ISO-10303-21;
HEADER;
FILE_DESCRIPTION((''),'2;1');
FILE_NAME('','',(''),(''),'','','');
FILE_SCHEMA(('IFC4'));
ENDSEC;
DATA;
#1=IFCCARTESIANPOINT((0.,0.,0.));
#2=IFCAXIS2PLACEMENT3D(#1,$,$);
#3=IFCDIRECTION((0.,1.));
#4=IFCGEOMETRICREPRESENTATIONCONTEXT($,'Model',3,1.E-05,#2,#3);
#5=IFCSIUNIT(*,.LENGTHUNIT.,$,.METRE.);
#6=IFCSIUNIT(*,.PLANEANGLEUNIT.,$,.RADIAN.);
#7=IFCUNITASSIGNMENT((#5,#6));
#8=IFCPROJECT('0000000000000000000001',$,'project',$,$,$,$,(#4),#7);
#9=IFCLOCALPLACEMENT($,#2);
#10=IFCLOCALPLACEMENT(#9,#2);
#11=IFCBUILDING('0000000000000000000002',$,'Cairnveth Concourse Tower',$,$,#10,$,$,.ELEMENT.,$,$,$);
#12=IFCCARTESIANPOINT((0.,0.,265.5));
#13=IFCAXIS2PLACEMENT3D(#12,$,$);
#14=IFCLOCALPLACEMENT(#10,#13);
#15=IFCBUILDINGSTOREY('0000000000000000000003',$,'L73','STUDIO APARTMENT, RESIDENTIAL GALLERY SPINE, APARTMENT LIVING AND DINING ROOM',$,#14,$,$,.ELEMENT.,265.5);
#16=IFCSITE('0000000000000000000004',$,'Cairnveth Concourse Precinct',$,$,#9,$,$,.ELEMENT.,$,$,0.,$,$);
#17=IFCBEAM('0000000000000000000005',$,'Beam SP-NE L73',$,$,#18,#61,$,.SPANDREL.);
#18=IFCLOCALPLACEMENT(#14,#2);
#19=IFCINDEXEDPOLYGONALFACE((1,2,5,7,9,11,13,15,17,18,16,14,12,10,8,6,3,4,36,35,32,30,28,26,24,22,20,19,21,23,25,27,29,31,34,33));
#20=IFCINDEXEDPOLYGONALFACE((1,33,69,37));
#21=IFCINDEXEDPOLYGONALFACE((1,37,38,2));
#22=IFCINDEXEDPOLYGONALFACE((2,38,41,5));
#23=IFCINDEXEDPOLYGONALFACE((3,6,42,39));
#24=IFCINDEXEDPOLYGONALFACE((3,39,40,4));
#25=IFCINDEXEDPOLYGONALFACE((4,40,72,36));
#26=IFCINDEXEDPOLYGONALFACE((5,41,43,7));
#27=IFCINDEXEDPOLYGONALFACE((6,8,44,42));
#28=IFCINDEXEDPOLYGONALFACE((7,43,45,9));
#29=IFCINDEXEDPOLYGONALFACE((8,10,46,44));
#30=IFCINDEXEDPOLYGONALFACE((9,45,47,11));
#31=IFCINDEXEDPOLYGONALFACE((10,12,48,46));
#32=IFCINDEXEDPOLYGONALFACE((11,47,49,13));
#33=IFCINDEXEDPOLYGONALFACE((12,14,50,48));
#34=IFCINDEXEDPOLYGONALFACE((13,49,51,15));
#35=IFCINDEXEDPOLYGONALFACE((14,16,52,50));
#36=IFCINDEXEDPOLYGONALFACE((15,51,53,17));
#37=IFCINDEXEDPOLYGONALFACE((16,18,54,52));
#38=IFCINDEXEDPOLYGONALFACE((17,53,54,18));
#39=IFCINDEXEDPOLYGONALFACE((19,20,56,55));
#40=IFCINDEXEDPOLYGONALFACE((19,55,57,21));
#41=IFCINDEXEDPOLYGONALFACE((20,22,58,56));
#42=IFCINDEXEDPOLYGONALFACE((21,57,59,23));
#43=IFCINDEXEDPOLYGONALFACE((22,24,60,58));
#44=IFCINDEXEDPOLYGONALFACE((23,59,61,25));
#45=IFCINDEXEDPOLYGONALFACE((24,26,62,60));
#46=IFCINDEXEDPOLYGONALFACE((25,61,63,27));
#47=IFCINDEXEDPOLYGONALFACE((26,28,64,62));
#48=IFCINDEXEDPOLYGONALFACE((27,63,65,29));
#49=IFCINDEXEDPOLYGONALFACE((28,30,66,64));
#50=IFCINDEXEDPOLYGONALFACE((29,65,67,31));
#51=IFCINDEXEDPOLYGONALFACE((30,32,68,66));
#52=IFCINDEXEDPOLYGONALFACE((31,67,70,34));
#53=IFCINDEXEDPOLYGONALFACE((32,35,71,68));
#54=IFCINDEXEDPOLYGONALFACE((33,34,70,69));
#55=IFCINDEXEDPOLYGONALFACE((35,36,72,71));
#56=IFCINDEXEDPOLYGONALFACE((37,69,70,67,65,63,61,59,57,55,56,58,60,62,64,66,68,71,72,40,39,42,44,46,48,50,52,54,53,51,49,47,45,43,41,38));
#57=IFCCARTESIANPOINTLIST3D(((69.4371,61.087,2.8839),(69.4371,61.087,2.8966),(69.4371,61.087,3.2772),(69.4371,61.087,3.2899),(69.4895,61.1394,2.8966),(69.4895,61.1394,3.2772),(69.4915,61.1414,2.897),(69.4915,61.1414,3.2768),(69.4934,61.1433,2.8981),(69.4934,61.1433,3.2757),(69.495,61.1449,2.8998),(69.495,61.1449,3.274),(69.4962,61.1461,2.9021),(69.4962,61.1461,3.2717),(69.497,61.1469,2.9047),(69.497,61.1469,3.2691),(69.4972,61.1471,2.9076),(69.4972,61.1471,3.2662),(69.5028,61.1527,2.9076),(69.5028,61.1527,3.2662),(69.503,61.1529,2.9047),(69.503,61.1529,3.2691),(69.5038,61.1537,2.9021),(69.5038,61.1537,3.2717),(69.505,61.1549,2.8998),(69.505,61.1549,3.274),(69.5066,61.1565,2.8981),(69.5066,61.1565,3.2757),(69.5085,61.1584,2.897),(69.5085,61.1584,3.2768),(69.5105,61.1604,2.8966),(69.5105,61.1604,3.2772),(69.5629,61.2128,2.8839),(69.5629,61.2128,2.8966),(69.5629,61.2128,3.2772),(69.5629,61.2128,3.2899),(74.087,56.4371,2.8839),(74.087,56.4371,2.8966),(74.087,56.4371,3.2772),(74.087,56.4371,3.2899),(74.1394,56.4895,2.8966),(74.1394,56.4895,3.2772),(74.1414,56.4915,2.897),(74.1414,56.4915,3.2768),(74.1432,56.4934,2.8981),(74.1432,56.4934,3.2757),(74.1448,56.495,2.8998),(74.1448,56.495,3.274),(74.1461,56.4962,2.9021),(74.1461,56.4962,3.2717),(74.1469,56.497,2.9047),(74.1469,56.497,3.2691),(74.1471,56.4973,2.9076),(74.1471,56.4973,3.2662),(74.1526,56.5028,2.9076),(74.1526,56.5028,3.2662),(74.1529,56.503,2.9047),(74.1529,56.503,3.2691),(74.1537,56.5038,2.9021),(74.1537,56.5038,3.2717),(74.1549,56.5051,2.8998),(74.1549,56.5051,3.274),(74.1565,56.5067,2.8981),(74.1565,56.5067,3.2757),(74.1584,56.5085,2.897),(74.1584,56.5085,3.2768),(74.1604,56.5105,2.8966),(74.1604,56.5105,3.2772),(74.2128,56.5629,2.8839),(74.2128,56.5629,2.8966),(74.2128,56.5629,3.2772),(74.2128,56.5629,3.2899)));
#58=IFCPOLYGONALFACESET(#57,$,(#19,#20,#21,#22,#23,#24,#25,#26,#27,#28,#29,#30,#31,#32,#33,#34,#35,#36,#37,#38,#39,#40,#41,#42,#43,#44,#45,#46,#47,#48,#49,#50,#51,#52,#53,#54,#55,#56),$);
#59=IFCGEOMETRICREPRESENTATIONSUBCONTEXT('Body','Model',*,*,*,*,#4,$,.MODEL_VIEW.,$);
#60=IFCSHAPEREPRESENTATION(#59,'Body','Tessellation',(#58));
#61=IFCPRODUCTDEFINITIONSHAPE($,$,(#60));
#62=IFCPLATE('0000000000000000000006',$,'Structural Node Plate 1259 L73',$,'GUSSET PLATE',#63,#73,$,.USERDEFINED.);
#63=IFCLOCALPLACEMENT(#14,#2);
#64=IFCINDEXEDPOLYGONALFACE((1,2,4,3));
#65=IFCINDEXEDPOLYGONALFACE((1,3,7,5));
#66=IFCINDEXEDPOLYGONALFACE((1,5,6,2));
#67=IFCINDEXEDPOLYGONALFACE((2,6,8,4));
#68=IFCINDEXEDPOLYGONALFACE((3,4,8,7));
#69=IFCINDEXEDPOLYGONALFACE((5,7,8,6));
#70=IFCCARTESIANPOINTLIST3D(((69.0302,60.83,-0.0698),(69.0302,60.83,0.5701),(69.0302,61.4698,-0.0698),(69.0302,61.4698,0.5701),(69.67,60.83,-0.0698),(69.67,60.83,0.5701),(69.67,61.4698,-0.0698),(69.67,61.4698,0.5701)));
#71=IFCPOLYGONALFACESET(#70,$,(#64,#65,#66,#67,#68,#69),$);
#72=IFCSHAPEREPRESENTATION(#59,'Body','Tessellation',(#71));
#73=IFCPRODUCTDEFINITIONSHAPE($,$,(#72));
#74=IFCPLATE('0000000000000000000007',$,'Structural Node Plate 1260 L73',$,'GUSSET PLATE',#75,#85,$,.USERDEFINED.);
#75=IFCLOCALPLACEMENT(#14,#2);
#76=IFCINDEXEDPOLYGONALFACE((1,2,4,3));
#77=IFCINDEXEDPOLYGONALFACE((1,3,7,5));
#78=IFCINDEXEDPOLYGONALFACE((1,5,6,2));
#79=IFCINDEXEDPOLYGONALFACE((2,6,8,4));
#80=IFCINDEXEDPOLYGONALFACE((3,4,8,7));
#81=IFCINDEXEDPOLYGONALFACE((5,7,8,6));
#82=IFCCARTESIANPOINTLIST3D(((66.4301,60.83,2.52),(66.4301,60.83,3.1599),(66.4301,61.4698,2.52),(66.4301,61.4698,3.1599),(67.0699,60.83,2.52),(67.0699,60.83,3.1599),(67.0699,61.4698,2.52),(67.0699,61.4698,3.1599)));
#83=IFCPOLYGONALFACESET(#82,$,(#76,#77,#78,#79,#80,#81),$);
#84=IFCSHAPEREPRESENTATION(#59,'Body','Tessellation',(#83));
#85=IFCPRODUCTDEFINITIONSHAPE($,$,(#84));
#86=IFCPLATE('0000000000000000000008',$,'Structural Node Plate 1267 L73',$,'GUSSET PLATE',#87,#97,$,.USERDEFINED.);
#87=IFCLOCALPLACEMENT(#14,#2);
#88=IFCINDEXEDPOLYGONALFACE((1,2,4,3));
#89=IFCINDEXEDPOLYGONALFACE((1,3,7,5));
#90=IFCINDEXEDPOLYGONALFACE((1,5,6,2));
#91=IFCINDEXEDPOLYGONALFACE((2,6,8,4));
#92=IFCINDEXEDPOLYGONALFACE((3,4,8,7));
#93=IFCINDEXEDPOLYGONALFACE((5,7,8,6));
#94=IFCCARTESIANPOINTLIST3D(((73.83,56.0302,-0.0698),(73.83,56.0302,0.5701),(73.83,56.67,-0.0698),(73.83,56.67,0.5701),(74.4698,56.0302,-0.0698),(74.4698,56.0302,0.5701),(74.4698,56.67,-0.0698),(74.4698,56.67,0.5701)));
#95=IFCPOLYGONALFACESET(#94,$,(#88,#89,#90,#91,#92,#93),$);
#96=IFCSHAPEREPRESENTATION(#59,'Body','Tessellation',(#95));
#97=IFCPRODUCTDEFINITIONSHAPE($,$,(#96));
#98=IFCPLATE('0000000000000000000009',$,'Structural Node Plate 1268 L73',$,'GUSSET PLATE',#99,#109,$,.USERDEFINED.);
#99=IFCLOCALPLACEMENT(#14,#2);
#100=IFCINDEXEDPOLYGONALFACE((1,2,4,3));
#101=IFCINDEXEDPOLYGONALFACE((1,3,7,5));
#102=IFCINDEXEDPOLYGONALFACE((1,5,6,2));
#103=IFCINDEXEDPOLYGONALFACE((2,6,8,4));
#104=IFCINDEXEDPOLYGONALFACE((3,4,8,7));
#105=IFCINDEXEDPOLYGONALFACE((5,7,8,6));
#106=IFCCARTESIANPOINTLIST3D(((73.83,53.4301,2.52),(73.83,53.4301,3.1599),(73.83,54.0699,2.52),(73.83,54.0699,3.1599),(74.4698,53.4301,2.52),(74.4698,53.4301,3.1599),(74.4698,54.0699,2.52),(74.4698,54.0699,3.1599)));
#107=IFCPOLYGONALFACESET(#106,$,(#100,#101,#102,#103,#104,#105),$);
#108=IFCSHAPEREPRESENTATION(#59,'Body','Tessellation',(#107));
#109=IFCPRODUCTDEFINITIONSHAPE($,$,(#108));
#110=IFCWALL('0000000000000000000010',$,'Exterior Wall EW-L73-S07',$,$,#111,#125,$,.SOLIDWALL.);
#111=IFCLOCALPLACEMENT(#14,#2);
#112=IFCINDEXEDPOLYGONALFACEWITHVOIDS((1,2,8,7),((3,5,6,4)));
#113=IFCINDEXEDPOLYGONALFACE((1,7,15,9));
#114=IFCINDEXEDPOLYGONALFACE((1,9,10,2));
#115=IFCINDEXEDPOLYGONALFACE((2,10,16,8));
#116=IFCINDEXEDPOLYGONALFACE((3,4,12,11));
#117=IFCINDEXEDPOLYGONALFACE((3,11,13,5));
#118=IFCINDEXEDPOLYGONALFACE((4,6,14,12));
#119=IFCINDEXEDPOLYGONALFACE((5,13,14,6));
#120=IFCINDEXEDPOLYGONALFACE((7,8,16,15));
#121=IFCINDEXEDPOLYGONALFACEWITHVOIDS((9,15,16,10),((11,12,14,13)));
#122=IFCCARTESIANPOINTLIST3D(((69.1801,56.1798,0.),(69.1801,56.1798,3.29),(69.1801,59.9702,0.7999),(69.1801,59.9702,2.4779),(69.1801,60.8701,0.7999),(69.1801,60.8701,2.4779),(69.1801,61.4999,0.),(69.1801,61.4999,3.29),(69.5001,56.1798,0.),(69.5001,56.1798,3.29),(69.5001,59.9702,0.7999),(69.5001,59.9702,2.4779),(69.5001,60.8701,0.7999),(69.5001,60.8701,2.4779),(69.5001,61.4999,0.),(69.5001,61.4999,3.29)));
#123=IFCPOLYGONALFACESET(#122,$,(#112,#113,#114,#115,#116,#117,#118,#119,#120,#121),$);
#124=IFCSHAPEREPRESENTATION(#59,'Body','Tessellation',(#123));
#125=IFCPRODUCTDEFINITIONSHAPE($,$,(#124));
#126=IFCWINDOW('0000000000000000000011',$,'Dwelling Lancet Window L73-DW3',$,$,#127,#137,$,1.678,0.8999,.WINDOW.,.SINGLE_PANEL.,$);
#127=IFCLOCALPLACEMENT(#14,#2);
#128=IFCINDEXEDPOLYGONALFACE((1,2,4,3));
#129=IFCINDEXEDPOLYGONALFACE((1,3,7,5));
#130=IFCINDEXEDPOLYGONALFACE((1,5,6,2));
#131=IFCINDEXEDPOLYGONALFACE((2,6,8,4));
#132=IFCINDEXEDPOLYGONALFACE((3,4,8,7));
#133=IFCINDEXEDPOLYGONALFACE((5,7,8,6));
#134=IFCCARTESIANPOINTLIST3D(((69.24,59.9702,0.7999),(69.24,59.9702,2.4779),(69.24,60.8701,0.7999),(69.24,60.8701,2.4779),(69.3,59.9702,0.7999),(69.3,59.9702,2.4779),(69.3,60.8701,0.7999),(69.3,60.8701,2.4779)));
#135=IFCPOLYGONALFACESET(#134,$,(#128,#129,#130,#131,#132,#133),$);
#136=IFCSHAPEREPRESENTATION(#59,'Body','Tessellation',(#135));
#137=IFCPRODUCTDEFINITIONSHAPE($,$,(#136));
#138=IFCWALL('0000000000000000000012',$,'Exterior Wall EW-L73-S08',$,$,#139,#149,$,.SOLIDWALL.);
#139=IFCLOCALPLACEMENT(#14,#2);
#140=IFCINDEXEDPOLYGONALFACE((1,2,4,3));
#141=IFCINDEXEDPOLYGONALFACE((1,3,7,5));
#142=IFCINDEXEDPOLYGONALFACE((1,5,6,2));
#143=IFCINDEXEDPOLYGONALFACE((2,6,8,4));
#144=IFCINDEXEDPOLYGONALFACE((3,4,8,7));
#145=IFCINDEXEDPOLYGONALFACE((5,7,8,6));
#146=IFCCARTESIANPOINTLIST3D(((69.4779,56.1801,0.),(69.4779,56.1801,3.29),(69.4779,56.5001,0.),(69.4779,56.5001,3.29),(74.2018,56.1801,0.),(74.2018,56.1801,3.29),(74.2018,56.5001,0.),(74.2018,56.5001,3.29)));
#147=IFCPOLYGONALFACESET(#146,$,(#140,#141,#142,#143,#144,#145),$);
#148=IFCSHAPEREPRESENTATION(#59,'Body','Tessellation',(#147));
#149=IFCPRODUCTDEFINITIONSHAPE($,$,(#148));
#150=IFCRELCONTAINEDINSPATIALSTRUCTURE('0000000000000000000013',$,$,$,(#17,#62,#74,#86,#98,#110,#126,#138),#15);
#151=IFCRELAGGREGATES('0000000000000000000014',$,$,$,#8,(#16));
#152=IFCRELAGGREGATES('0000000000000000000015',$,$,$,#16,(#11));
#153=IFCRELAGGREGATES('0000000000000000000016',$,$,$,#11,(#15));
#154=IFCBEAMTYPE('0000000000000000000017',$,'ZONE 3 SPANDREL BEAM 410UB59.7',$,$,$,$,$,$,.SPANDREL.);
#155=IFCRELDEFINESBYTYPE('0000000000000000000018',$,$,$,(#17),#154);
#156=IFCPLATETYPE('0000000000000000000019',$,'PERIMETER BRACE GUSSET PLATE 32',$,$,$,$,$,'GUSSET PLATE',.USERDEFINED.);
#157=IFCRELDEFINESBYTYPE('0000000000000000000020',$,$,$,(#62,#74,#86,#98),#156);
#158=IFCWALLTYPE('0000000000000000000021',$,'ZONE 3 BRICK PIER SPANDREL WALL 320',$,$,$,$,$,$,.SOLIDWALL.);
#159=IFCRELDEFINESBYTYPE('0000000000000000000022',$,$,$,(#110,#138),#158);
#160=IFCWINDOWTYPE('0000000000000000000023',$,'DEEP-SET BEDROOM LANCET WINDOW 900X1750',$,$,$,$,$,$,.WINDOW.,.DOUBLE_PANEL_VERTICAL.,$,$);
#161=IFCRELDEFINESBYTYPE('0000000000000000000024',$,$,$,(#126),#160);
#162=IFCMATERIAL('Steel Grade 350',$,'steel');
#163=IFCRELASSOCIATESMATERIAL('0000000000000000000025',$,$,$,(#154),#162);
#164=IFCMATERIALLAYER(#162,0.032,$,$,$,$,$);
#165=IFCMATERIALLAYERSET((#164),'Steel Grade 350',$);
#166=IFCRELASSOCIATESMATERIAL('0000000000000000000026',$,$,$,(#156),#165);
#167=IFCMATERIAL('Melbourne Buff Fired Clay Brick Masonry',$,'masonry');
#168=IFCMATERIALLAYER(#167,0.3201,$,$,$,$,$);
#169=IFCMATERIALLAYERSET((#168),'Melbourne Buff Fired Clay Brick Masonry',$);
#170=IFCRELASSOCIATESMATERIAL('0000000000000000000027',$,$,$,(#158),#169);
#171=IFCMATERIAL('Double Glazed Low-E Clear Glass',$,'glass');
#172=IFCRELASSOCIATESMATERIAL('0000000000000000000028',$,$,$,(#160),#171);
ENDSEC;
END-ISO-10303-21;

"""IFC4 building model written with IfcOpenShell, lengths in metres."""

from ifc_helpers import new_model, si_unit, direction, frame, frame_2d, origin, origin_2d, place, context, subcontext, project, spatial, rectangle, i_section, extrude, material, layer, layer_set, material_profile, profile_set, type_object, element, fill, save


model = new_model("IFC4")

# Units and contexts
model_context = context("Model", 3, precision=1e-05, world=origin(), true_north=direction((0.0, 1.0)))
body_context = subcontext(model_context, "Body", "Model", "MODEL_VIEW")
ifc_project = project(units=[si_unit("LENGTHUNIT", "METRE"), si_unit("PLANEANGLEUNIT", "RADIAN")], contexts=[model_context])

# Site, building, storey
site_placement = place(None, origin())
site = spatial("IfcSite", under=ifc_project, at=site_placement, Name="Cairnveth Concourse Precinct", CompositionType="ELEMENT", RefElevation=0.0)
building_placement = place(site_placement, origin())
building = spatial("IfcBuilding", under=site, at=building_placement, Name="Cairnveth Concourse Tower", CompositionType="ELEMENT")
storey_placement = place(building_placement, frame((0.0, 0.0, 265.5)))
storey = spatial("IfcBuildingStorey", under=building, at=storey_placement, Name="L73", Description="STUDIO APARTMENT, RESIDENTIAL GALLERY SPINE, APARTMENT LIVING AND DINING ROOM", CompositionType="ELEMENT", Elevation=265.5)

# Shared definitions
ifc_material_1 = material(Name="Steel Grade 350", Category="steel")

# Beam
ifc_material_profile_1 = material_profile(ifc_material_1, i_section(OverallWidth=0.178, OverallDepth=0.406, WebThickness=0.0078, FlangeThickness=0.0127, FilletRadius=0.011, at=origin_2d()), Name="410UB59.7")
ifc_profile_set_1 = profile_set([ifc_material_profile_1], Name="Steel Grade 350")
beam_type_1 = type_object("IfcBeamType", Name="ZONE 3 SPANDREL BEAM 410UB59.7", PredefinedType="SPANDREL", material=ifc_profile_set_1)
beam_1_placement = place(storey_placement, frame((69.5, 61.1499, 3.0869), z_axis=(0.707107, -0.707107, 0.0), x_axis=(0.707107, 0.707107, 0.0)))
element("IfcBeam", 1, at=beam_1_placement, inside=storey, type_object=beam_type_1, Name="Beam SP-NE L73", PredefinedType="SPANDREL", context=body_context, shape_type="SweptSolid", body=[
    extrude(i_section(OverallWidth=0.178, OverallDepth=0.406, WebThickness=0.0078, FlangeThickness=0.0127, FilletRadius=0.011, at=origin_2d()), origin(), (0.0, 0.0, 1.0), 6.5759),
])

# Plates
ifc_layer_1 = layer(ifc_material_1, 0.032)
ifc_layer_set_1 = layer_set([ifc_layer_1], Name="Steel Grade 350")
plate_type = type_object("IfcPlateType", Name="PERIMETER BRACE GUSSET PLATE 32", ElementType="GUSSET PLATE", PredefinedType="USERDEFINED", material=ifc_layer_set_1)
for number, where, z_axis, x_axis, name in (
    (2, (69.3501, 61.1499, -0.0698), (0.0, 0.0, 1.0), (1.0, 0.0, 0.0), "Structural Node Plate 1259 L73"),
    (3, (66.75, 61.1499, 2.52), (0.0, 0.0, 1.0), (1.0, 0.0, 0.0), "Structural Node Plate 1260 L73"),
    (4, (74.1499, 56.3501, -0.0698), (0.0, 0.0, 1.0), (1.0, 0.0, 0.0), "Structural Node Plate 1267 L73"),
    (5, (74.1499, 53.75, 2.52), (0.0, 0.0, 1.0), (1.0, 0.0, 0.0), "Structural Node Plate 1268 L73"),
):
    element("IfcPlate", number, at=place(storey_placement, frame(where, z_axis=z_axis, x_axis=x_axis)), inside=storey, type_object=plate_type, Name=name, ObjectType="GUSSET PLATE", PredefinedType="USERDEFINED", context=body_context, shape_type="SweptSolid", body=[
        extrude(rectangle(XDim=0.6399, YDim=0.6399, at=origin_2d()), origin(), (0.0, 0.0, 1.0), 0.6399),
    ])

# Wall, opening, window
ifc_material_2 = material(Name="Melbourne Buff Fired Clay Brick Masonry", Category="masonry")
ifc_layer_2 = layer(ifc_material_2, 0.3201)
ifc_layer_set_2 = layer_set([ifc_layer_2], Name="Melbourne Buff Fired Clay Brick Masonry")
wall_type = type_object("IfcWallType", Name="ZONE 3 BRICK PIER SPANDREL WALL 320", PredefinedType="SOLIDWALL", material=ifc_layer_set_2)
wall_1_placement = place(storey_placement, frame((69.3401, 61.5, 0.0), z_axis=(0.0, 0.0, 1.0), x_axis=(0.0, -1.0, 0.0)))
wall_1 = element("IfcWall", 6, at=wall_1_placement, inside=storey, type_object=wall_type, Name="Exterior Wall EW-L73-S07", PredefinedType="SOLIDWALL", context=body_context, shape_type="SweptSolid", body=[
    extrude(rectangle(XDim=5.3201, YDim=0.3201, at=frame_2d((2.6602, 0.0))), origin(), (0.0, 0.0, 1.0), 3.29),
])
opening_1_placement = place(wall_1_placement, frame((0.6299, 0.0, 0.8)))
opening_1 = element("IfcOpeningElement", 7, at=opening_1_placement, cuts=wall_1, PredefinedType="OPENING", context=body_context, shape_type="SweptSolid", body=[
    extrude(rectangle(XDim=0.8999, YDim=1.678, at=frame_2d((0.45, 0.8389))), frame((0.0, 0.1699, 0.0), z_axis=(0.0, -1.0, 0.0), x_axis=(1.0, 0.0, 0.0)), (0.0, 0.0, 1.0), 0.3401),
])
ifc_material_3 = material(Name="Double Glazed Low-E Clear Glass", Category="glass")
window_type_1 = type_object("IfcWindowType", Name="DEEP-SET BEDROOM LANCET WINDOW 900X1750", PartitioningType="DOUBLE_PANEL_VERTICAL", PredefinedType="WINDOW", material=ifc_material_3)
window_1_placement = place(opening_1_placement, origin())
window_1 = element("IfcWindow", 8, at=window_1_placement, inside=storey, type_object=window_type_1, Name="Dwelling Lancet Window L73-DW3", OverallHeight=1.678, OverallWidth=0.8999, PartitioningType="SINGLE_PANEL", PredefinedType="WINDOW", context=body_context, shape_type="SweptSolid", body=[
    extrude(rectangle(XDim=0.8999, YDim=1.678, at=frame_2d((0.45, 0.8389))), frame((0.0, -0.04, 0.0), z_axis=(0.0, -1.0, 0.0), x_axis=(1.0, 0.0, 0.0)), (0.0, 0.0, 1.0), 0.0601),
])
fill(opening_1, window_1)

# Wall
wall_2_placement = place(storey_placement, frame((69.478, 56.3401, 0.0), z_axis=(0.0, 0.0, 1.0), x_axis=(1.0, 0.0, 0.0)))
element("IfcWall", 9, at=wall_2_placement, inside=storey, type_object=wall_type, Name="Exterior Wall EW-L73-S08", PredefinedType="SOLIDWALL", context=body_context, shape_type="SweptSolid", body=[
    extrude(rectangle(XDim=4.7239, YDim=0.3201, at=frame_2d((2.3618, 0.0))), origin(), (0.0, 0.0, 1.0), 3.29),
])

save(model, "model.ifc")
